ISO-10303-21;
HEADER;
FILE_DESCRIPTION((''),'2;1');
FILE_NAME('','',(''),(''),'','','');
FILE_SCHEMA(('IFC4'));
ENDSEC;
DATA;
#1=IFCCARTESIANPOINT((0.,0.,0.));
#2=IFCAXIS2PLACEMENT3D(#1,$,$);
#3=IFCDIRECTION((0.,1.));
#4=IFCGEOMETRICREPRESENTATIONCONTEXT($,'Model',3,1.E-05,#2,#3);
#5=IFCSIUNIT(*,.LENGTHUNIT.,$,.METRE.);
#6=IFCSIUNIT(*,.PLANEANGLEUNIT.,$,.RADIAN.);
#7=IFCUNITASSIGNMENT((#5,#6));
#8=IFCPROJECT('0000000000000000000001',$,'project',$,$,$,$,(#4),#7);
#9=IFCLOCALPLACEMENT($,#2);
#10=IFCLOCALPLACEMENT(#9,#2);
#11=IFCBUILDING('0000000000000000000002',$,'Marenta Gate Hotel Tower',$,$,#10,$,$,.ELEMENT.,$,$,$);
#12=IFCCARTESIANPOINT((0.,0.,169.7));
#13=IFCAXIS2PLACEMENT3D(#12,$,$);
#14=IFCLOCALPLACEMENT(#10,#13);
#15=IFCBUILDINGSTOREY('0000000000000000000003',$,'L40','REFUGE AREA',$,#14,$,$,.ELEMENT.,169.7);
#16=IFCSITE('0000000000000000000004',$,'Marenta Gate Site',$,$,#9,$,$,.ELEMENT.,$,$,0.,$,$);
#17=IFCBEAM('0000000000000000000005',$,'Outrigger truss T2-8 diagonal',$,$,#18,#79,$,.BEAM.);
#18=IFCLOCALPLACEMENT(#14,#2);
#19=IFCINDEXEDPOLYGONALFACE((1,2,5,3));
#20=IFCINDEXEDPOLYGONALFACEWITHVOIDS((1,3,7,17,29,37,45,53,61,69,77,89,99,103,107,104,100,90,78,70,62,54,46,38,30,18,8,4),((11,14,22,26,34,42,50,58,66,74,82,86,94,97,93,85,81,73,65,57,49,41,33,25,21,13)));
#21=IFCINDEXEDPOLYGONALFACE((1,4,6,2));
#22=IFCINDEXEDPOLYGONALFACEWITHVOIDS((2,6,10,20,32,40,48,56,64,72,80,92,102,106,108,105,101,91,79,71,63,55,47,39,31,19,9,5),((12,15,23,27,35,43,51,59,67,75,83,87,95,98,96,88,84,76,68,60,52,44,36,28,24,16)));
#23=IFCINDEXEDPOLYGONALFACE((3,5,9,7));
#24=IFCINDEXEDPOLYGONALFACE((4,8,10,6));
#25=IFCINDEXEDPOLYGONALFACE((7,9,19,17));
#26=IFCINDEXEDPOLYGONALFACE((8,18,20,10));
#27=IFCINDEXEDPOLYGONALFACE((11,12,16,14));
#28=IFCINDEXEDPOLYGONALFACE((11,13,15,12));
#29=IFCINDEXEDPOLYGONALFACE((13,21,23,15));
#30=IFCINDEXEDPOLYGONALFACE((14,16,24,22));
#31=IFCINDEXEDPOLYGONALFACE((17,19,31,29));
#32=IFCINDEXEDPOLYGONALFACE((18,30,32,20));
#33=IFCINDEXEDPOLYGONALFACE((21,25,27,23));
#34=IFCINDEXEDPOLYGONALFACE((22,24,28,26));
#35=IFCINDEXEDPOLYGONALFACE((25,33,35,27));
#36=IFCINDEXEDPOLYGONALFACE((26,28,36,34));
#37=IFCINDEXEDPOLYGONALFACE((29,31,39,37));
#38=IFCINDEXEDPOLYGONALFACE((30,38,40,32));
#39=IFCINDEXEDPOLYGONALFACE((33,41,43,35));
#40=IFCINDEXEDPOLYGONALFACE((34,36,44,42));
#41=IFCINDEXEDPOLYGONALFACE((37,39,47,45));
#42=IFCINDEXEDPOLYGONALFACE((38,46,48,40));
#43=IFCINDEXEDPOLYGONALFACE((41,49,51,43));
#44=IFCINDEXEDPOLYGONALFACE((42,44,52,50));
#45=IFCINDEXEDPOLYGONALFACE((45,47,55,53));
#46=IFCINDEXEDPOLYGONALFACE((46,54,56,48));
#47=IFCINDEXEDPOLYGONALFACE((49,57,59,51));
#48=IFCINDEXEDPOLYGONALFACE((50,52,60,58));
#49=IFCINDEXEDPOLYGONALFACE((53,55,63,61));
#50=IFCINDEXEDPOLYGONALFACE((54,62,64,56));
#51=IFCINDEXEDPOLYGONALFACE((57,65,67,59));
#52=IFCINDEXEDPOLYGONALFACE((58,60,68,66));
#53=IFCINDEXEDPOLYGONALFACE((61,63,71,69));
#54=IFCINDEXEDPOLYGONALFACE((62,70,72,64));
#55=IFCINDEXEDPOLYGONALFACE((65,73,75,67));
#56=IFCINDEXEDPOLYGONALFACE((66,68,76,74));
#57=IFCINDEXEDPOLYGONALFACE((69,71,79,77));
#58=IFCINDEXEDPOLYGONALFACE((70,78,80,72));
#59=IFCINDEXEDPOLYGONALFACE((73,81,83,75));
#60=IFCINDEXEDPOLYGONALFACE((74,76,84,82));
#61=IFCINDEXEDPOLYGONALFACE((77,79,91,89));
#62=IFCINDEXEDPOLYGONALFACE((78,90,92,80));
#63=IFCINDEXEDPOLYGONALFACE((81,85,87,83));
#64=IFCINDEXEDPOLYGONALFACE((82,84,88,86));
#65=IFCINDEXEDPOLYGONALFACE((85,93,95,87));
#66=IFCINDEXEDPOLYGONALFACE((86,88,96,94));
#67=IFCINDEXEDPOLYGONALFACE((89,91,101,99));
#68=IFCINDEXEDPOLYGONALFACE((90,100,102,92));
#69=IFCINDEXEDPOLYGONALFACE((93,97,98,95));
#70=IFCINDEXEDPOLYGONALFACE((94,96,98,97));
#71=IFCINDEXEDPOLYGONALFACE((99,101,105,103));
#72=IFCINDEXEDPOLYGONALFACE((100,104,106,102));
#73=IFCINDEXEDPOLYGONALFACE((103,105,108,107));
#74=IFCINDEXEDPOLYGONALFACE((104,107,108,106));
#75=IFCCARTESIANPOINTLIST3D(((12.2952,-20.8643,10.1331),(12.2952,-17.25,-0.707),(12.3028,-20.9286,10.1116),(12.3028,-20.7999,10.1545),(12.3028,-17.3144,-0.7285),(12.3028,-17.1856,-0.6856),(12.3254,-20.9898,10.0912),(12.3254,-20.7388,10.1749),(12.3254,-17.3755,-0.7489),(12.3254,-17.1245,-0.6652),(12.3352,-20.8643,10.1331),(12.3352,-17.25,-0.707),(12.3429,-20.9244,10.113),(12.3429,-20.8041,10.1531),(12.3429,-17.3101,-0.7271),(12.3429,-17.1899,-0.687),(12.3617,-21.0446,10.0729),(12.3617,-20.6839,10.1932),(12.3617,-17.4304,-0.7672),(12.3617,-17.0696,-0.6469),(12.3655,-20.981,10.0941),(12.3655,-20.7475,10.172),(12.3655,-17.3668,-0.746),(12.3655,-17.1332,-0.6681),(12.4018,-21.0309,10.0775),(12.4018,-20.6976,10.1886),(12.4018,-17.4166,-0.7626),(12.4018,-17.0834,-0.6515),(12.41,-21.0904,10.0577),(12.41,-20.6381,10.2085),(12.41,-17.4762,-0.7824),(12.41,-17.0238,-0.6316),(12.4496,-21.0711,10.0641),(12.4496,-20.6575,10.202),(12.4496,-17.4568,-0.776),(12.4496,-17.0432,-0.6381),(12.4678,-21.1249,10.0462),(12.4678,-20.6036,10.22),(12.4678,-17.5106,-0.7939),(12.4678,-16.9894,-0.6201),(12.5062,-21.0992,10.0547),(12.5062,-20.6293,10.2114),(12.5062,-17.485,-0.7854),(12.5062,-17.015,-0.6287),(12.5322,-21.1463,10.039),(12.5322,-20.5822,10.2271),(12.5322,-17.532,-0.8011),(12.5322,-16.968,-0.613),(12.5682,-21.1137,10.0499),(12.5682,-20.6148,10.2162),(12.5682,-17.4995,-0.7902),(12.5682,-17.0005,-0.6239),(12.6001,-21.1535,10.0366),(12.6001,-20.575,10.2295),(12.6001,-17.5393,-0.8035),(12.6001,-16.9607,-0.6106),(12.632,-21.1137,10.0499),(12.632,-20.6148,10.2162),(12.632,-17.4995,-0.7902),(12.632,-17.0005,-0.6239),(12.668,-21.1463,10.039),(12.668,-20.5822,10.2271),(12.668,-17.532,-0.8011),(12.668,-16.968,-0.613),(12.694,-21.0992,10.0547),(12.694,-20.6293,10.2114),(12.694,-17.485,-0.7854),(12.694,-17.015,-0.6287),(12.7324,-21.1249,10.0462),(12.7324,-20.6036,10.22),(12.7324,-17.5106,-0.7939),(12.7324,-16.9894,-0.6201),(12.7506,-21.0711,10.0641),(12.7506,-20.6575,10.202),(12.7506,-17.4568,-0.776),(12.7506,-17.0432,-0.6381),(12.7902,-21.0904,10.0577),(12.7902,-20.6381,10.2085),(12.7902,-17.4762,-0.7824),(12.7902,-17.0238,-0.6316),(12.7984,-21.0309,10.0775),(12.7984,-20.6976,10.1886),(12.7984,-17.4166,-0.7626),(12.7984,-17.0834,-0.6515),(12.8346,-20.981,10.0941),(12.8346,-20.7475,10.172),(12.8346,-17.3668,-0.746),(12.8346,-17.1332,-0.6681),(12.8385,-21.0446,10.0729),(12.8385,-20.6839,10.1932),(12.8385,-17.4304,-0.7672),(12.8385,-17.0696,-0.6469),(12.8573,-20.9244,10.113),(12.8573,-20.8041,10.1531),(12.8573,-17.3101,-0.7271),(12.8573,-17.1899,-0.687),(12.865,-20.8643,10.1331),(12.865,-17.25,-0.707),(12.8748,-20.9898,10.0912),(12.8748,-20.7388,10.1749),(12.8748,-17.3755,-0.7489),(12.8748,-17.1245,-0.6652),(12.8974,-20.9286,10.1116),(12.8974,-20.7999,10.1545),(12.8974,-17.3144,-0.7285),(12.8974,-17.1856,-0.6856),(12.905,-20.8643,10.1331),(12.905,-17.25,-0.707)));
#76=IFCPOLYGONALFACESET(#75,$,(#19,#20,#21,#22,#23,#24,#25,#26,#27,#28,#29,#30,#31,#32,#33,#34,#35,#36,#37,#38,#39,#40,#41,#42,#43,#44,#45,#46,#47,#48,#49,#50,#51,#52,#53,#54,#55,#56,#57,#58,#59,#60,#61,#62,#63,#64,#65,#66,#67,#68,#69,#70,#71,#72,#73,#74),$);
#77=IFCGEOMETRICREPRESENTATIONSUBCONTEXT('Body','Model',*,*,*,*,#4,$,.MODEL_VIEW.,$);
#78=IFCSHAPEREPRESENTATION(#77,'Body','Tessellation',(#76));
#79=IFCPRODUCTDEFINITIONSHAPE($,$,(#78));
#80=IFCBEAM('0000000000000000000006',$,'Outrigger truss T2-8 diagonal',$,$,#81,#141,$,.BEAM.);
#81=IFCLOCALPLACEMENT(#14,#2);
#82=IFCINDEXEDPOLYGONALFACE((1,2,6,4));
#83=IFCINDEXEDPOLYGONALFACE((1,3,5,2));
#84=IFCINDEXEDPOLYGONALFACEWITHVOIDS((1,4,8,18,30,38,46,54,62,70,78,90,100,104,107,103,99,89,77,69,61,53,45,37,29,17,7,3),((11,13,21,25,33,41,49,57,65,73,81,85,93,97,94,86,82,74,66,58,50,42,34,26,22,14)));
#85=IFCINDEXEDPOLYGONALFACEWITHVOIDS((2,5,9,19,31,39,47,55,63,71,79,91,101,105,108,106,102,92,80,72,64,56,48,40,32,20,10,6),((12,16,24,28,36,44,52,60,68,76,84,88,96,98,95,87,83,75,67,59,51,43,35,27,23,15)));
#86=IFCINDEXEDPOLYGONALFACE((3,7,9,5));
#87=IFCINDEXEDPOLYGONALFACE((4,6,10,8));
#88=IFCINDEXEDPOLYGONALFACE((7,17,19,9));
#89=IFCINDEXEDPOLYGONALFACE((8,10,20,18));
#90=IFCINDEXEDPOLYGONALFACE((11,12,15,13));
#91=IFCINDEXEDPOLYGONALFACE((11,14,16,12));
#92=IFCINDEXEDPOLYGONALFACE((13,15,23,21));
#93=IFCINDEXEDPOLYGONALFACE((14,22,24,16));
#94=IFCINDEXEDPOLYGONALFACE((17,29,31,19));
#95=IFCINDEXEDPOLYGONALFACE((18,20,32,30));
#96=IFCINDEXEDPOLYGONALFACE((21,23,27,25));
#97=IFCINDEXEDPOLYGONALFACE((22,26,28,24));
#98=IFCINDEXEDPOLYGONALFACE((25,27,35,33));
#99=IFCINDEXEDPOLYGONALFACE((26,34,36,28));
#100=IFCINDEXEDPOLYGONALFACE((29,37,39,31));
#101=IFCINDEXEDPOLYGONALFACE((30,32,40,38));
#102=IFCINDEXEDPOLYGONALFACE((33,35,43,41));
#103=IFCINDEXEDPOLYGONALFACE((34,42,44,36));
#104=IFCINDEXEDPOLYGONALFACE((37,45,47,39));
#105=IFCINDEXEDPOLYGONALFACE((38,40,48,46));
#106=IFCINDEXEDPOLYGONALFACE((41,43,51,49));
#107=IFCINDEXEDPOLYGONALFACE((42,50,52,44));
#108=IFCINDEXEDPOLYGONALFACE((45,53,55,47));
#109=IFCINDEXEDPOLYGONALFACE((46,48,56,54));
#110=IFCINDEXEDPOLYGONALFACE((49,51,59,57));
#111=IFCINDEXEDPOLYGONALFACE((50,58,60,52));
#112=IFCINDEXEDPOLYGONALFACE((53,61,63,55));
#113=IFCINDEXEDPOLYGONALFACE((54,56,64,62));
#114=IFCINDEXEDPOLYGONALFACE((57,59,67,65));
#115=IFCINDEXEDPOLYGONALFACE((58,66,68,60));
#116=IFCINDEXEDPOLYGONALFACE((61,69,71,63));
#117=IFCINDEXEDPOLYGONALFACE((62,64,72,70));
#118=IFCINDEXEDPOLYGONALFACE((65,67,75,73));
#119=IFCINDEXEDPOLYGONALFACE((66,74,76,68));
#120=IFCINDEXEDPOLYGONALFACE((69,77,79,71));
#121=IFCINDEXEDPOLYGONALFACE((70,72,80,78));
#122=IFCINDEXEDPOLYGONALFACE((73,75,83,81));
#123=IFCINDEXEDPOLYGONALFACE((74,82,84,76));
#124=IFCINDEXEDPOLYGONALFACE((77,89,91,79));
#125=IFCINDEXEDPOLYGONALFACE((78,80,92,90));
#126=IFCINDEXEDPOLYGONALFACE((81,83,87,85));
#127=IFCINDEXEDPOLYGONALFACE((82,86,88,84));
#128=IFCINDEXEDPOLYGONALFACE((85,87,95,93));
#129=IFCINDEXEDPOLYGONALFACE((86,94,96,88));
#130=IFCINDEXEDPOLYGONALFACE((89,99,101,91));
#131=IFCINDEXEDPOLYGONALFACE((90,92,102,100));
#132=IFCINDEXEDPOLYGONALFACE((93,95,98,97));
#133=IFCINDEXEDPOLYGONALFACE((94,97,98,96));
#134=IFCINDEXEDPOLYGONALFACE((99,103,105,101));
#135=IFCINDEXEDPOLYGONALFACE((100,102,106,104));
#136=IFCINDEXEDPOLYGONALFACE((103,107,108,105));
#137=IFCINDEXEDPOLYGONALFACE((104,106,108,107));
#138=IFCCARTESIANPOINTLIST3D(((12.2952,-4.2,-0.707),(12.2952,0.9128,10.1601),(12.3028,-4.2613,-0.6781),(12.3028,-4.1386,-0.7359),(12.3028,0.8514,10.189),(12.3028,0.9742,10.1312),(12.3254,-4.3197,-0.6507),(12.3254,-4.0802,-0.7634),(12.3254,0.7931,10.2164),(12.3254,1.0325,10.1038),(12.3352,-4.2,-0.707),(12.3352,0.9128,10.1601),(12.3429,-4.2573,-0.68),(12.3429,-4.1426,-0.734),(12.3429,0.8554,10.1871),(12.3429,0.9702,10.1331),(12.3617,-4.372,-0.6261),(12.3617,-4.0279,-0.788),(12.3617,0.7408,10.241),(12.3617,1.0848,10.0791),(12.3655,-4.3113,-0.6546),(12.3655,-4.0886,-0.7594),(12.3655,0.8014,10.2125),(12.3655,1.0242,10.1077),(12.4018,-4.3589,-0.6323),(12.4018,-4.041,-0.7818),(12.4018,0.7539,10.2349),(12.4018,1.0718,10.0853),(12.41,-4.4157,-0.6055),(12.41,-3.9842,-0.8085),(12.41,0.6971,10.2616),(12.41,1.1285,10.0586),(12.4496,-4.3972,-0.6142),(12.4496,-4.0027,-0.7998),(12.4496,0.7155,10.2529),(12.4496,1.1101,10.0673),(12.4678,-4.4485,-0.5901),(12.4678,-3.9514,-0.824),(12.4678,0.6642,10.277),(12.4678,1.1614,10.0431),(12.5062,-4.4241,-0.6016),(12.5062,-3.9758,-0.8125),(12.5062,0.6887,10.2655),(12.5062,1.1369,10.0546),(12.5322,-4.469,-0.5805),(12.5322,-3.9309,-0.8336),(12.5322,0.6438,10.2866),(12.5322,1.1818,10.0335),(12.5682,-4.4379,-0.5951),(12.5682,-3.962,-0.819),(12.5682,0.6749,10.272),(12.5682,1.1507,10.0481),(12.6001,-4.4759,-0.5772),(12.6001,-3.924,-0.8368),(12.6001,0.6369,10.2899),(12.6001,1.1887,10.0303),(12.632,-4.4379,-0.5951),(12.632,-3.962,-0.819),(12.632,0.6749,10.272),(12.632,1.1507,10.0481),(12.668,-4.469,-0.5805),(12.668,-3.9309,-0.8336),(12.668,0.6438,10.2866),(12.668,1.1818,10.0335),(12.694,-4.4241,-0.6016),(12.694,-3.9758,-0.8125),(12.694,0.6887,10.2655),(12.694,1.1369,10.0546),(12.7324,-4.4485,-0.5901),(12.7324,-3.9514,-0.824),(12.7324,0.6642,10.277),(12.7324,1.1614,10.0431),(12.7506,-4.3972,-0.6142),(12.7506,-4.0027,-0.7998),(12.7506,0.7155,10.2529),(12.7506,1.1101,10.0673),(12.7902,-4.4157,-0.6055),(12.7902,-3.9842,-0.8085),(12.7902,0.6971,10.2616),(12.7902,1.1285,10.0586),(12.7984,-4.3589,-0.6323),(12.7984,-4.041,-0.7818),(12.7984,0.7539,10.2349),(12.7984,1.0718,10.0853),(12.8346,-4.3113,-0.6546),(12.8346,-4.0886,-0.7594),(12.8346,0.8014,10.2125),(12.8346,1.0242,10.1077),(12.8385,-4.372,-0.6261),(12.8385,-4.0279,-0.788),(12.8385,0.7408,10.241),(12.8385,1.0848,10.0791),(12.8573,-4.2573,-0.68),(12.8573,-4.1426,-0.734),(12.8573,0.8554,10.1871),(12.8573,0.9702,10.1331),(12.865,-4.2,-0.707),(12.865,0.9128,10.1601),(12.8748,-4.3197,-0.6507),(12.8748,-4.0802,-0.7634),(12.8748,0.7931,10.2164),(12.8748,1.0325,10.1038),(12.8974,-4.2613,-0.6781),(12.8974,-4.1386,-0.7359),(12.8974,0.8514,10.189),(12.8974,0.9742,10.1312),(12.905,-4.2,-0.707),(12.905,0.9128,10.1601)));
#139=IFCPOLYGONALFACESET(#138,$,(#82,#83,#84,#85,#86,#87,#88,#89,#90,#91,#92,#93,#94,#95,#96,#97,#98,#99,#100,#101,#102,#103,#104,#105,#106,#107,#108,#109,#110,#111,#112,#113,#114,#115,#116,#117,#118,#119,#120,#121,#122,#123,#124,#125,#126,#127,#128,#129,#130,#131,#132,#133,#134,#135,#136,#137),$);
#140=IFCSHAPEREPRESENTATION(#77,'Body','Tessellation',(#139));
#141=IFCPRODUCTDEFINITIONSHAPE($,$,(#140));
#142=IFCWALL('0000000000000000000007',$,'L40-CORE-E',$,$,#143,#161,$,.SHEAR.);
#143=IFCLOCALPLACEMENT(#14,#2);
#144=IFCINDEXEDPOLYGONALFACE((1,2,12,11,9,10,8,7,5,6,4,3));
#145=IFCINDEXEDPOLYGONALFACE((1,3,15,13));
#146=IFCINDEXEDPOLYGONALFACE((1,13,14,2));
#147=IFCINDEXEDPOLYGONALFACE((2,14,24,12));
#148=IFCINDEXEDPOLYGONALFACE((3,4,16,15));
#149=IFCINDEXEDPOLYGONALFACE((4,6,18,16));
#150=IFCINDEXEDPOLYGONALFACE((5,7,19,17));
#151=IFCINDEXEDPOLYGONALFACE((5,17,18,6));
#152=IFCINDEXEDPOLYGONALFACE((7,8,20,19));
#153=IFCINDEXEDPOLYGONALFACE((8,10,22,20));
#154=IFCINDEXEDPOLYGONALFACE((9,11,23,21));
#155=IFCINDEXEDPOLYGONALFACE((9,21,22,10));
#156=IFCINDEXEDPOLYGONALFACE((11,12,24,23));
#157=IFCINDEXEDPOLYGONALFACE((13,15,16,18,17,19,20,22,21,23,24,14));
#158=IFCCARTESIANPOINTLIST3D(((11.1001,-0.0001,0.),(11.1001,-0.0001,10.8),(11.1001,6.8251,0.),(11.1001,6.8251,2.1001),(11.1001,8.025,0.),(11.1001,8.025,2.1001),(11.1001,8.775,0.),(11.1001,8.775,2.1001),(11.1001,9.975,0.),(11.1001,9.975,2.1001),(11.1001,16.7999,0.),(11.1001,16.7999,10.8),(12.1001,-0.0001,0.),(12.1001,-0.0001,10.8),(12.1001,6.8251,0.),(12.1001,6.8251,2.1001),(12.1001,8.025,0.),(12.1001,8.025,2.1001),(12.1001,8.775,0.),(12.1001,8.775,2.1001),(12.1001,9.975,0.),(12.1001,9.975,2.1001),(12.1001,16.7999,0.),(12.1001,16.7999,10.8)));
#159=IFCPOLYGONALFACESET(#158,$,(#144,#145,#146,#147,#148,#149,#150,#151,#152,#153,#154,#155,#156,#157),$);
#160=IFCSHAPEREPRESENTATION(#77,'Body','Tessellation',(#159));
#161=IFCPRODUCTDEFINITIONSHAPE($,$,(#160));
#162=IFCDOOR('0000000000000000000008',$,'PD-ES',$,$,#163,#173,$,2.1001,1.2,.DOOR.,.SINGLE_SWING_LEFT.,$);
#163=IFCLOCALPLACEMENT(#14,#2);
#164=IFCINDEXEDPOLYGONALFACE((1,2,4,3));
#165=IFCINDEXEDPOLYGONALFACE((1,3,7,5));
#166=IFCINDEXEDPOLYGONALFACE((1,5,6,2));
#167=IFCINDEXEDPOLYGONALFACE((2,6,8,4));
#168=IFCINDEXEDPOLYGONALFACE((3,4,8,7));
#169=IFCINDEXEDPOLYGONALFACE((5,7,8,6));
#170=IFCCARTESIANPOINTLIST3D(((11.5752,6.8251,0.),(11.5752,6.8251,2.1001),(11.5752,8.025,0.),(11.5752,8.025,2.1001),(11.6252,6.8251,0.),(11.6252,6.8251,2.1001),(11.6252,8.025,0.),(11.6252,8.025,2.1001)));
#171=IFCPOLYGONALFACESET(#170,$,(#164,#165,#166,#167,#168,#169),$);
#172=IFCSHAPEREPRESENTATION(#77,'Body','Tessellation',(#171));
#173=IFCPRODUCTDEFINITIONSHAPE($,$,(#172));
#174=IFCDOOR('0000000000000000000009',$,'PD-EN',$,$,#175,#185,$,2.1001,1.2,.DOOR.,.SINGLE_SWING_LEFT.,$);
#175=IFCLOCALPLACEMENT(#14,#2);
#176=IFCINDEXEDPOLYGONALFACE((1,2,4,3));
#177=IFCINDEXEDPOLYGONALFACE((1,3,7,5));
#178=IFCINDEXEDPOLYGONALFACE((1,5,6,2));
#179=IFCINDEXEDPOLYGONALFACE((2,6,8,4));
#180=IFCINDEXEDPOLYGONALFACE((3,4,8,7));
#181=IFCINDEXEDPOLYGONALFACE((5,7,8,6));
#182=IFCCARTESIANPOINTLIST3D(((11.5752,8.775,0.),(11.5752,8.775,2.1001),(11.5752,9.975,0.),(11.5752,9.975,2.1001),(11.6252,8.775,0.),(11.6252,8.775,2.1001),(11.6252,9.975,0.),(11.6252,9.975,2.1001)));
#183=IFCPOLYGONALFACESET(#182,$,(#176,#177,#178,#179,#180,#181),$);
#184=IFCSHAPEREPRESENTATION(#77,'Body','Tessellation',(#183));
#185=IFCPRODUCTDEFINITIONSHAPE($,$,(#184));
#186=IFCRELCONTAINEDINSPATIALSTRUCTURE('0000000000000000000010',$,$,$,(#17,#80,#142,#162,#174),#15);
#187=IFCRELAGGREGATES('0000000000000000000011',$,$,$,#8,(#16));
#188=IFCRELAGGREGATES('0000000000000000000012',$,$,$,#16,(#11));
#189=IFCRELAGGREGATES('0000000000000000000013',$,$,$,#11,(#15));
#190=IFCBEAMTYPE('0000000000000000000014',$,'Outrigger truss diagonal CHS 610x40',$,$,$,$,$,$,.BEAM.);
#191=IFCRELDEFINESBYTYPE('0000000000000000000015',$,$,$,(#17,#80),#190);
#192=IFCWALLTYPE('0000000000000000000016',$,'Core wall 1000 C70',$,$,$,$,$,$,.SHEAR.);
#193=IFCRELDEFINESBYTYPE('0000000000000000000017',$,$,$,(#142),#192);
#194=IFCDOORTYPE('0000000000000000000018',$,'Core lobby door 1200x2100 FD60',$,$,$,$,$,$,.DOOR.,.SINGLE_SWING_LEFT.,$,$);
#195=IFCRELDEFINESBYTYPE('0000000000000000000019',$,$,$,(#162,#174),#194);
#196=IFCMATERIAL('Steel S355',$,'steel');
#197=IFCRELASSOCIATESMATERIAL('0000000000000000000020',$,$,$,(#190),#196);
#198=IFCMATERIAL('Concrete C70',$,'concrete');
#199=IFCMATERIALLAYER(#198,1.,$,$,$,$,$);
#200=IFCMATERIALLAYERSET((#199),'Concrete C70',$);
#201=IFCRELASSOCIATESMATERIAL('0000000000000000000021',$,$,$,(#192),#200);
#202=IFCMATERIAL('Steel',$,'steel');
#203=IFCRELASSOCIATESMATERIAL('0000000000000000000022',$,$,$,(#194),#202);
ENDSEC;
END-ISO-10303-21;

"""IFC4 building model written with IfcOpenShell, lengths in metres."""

from ifc_helpers import new_model, si_unit, direction, frame, frame_2d, origin, origin_2d, place, context, subcontext, project, spatial, rectangle, hollow_circle, extrude, material, layer, layer_set, material_profile, profile_set, type_object, element, fill, save


model = new_model("IFC4")

# Units and contexts
model_context = context("Model", 3, precision=1e-05, world=origin(), true_north=direction((0.0, 1.0)))
body_context = subcontext(model_context, "Body", "Model", "MODEL_VIEW")
ifc_project = project(units=[si_unit("LENGTHUNIT", "METRE"), si_unit("PLANEANGLEUNIT", "RADIAN")], contexts=[model_context])

# Site, building, storey
site_placement = place(None, origin())
site = spatial("IfcSite", under=ifc_project, at=site_placement, Name="Marenta Gate Site", CompositionType="ELEMENT", RefElevation=0.0)
building_placement = place(site_placement, origin())
building = spatial("IfcBuilding", under=site, at=building_placement, Name="Marenta Gate Hotel Tower", CompositionType="ELEMENT")
storey_placement = place(building_placement, frame((0.0, 0.0, 169.7)))
storey = spatial("IfcBuildingStorey", under=building, at=storey_placement, Name="L40", Description="REFUGE AREA", CompositionType="ELEMENT", Elevation=169.7)

# Beams
ifc_material_1 = material(Name="Steel S355", Category="steel")
ifc_material_profile_1 = material_profile(ifc_material_1, hollow_circle(Radius=0.3049, WallThickness=0.04, at=origin_2d()), Name="CHS 610x40")
ifc_profile_set_1 = profile_set([ifc_material_profile_1], Name="Steel S355")
beam_type_1 = type_object("IfcBeamType", Name="Outrigger truss diagonal CHS 610x40", PredefinedType="BEAM", material=ifc_profile_set_1)
beam_1_placement = place(storey_placement, frame((12.6001, -17.25, -0.707), z_axis=(0.0, -0.316298, 0.94866), x_axis=(1.0, 0.0, 0.0)))
element("IfcBeam", 1, at=beam_1_placement, inside=storey, type_object=beam_type_1, Name="Outrigger truss T2-8 diagonal", PredefinedType="BEAM", context=body_context, shape_type="SweptSolid", body=[
    extrude(hollow_circle(Radius=0.3049, WallThickness=0.04, at=origin_2d()), origin(), (0.0, 0.0, 1.0), 11.4268),
])
beam_2_placement = place(storey_placement, frame((12.6001, -4.2, -0.707), z_axis=(0.0, 0.425717, 0.904856), x_axis=(-1.0, 0.0, 0.0)))
element("IfcBeam", 2, at=beam_2_placement, inside=storey, type_object=beam_type_1, Name="Outrigger truss T2-8 diagonal", PredefinedType="BEAM", context=body_context, shape_type="SweptSolid", body=[
    extrude(hollow_circle(Radius=0.3049, WallThickness=0.04, at=origin_2d()), origin(), (0.0, 0.0, 1.0), 12.0098),
])

# Wall, openings, doors
ifc_material_2 = material(Name="Concrete C70", Category="concrete")
ifc_layer_1 = layer(ifc_material_2, 1.0)
ifc_layer_set_1 = layer_set([ifc_layer_1], Name="Concrete C70")
wall_type_1 = type_object("IfcWallType", Name="Core wall 1000 C70", PredefinedType="SHEAR", material=ifc_layer_set_1)
wall_1_placement = place(storey_placement, frame((11.6001, 0.0, 0.0), z_axis=(0.0, 0.0, 1.0), x_axis=(0.0, 1.0, 0.0)))
wall_1 = element("IfcWall", 3, at=wall_1_placement, inside=storey, type_object=wall_type_1, Name="L40-CORE-E", PredefinedType="SHEAR", context=body_context, shape_type="SweptSolid", body=[
    extrude(rectangle(XDim=16.8, YDim=1.0, at=frame_2d((8.3999, 0.0))), origin(), (0.0, 0.0, 1.0), 10.8),
])
opening_1_placement = place(wall_1_placement, frame((6.825, 0.0, 0.0)))
opening_1 = element("IfcOpeningElement", 4, at=opening_1_placement, cuts=wall_1, PredefinedType="OPENING", context=body_context, shape_type="SweptSolid", body=[
    extrude(rectangle(XDim=1.2, YDim=2.1001, at=frame_2d((0.6001, 1.05))), frame((0.0, 0.5, 0.0), z_axis=(0.0, -1.0, 0.0), x_axis=(1.0, 0.0, 0.0)), (0.0, 0.0, 1.0), 1.0),
])
opening_2_placement = place(wall_1_placement, frame((8.7749, 0.0, 0.0)))
opening_2 = element("IfcOpeningElement", 5, at=opening_2_placement, cuts=wall_1, PredefinedType="OPENING", context=body_context, shape_type="SweptSolid", body=[
    extrude(rectangle(XDim=1.2, YDim=2.1001, at=frame_2d((0.6001, 1.05))), frame((0.0, 0.5, 0.0), z_axis=(0.0, -1.0, 0.0), x_axis=(1.0, 0.0, 0.0)), (0.0, 0.0, 1.0), 1.0),
])
ifc_material_3 = material(Name="Steel", Category="steel")
door_type_1 = type_object("IfcDoorType", Name="Core lobby door 1200x2100 FD60", OperationType="SINGLE_SWING_LEFT", PredefinedType="DOOR", material=ifc_material_3)
door_1_placement = place(opening_1_placement, origin())
door_1 = element("IfcDoor", 6, at=door_1_placement, inside=storey, type_object=door_type_1, Name="PD-ES", OperationType="SINGLE_SWING_LEFT", OverallHeight=2.1001, OverallWidth=1.2, PredefinedType="DOOR", context=body_context, shape_type="SweptSolid", body=[
    extrude(rectangle(XDim=1.2, YDim=2.1001, at=frame_2d((0.6001, 1.05))), frame((0.0, 0.0249, 0.0), z_axis=(0.0, -1.0, 0.0), x_axis=(1.0, 0.0, 0.0)), (0.0, 0.0, 1.0), 0.05),
])
fill(opening_1, door_1)
door_2_placement = place(opening_2_placement, origin())
door_2 = element("IfcDoor", 7, at=door_2_placement, inside=storey, type_object=door_type_1, Name="PD-EN", OperationType="SINGLE_SWING_LEFT", OverallHeight=2.1001, OverallWidth=1.2, PredefinedType="DOOR", context=body_context, shape_type="SweptSolid", body=[
    extrude(rectangle(XDim=1.2, YDim=2.1001, at=frame_2d((0.6001, 1.05))), frame((0.0, 0.0249, 0.0), z_axis=(0.0, -1.0, 0.0), x_axis=(1.0, 0.0, 0.0)), (0.0, 0.0, 1.0), 0.05),
])
fill(opening_2, door_2)

save(model, "model.ifc")
